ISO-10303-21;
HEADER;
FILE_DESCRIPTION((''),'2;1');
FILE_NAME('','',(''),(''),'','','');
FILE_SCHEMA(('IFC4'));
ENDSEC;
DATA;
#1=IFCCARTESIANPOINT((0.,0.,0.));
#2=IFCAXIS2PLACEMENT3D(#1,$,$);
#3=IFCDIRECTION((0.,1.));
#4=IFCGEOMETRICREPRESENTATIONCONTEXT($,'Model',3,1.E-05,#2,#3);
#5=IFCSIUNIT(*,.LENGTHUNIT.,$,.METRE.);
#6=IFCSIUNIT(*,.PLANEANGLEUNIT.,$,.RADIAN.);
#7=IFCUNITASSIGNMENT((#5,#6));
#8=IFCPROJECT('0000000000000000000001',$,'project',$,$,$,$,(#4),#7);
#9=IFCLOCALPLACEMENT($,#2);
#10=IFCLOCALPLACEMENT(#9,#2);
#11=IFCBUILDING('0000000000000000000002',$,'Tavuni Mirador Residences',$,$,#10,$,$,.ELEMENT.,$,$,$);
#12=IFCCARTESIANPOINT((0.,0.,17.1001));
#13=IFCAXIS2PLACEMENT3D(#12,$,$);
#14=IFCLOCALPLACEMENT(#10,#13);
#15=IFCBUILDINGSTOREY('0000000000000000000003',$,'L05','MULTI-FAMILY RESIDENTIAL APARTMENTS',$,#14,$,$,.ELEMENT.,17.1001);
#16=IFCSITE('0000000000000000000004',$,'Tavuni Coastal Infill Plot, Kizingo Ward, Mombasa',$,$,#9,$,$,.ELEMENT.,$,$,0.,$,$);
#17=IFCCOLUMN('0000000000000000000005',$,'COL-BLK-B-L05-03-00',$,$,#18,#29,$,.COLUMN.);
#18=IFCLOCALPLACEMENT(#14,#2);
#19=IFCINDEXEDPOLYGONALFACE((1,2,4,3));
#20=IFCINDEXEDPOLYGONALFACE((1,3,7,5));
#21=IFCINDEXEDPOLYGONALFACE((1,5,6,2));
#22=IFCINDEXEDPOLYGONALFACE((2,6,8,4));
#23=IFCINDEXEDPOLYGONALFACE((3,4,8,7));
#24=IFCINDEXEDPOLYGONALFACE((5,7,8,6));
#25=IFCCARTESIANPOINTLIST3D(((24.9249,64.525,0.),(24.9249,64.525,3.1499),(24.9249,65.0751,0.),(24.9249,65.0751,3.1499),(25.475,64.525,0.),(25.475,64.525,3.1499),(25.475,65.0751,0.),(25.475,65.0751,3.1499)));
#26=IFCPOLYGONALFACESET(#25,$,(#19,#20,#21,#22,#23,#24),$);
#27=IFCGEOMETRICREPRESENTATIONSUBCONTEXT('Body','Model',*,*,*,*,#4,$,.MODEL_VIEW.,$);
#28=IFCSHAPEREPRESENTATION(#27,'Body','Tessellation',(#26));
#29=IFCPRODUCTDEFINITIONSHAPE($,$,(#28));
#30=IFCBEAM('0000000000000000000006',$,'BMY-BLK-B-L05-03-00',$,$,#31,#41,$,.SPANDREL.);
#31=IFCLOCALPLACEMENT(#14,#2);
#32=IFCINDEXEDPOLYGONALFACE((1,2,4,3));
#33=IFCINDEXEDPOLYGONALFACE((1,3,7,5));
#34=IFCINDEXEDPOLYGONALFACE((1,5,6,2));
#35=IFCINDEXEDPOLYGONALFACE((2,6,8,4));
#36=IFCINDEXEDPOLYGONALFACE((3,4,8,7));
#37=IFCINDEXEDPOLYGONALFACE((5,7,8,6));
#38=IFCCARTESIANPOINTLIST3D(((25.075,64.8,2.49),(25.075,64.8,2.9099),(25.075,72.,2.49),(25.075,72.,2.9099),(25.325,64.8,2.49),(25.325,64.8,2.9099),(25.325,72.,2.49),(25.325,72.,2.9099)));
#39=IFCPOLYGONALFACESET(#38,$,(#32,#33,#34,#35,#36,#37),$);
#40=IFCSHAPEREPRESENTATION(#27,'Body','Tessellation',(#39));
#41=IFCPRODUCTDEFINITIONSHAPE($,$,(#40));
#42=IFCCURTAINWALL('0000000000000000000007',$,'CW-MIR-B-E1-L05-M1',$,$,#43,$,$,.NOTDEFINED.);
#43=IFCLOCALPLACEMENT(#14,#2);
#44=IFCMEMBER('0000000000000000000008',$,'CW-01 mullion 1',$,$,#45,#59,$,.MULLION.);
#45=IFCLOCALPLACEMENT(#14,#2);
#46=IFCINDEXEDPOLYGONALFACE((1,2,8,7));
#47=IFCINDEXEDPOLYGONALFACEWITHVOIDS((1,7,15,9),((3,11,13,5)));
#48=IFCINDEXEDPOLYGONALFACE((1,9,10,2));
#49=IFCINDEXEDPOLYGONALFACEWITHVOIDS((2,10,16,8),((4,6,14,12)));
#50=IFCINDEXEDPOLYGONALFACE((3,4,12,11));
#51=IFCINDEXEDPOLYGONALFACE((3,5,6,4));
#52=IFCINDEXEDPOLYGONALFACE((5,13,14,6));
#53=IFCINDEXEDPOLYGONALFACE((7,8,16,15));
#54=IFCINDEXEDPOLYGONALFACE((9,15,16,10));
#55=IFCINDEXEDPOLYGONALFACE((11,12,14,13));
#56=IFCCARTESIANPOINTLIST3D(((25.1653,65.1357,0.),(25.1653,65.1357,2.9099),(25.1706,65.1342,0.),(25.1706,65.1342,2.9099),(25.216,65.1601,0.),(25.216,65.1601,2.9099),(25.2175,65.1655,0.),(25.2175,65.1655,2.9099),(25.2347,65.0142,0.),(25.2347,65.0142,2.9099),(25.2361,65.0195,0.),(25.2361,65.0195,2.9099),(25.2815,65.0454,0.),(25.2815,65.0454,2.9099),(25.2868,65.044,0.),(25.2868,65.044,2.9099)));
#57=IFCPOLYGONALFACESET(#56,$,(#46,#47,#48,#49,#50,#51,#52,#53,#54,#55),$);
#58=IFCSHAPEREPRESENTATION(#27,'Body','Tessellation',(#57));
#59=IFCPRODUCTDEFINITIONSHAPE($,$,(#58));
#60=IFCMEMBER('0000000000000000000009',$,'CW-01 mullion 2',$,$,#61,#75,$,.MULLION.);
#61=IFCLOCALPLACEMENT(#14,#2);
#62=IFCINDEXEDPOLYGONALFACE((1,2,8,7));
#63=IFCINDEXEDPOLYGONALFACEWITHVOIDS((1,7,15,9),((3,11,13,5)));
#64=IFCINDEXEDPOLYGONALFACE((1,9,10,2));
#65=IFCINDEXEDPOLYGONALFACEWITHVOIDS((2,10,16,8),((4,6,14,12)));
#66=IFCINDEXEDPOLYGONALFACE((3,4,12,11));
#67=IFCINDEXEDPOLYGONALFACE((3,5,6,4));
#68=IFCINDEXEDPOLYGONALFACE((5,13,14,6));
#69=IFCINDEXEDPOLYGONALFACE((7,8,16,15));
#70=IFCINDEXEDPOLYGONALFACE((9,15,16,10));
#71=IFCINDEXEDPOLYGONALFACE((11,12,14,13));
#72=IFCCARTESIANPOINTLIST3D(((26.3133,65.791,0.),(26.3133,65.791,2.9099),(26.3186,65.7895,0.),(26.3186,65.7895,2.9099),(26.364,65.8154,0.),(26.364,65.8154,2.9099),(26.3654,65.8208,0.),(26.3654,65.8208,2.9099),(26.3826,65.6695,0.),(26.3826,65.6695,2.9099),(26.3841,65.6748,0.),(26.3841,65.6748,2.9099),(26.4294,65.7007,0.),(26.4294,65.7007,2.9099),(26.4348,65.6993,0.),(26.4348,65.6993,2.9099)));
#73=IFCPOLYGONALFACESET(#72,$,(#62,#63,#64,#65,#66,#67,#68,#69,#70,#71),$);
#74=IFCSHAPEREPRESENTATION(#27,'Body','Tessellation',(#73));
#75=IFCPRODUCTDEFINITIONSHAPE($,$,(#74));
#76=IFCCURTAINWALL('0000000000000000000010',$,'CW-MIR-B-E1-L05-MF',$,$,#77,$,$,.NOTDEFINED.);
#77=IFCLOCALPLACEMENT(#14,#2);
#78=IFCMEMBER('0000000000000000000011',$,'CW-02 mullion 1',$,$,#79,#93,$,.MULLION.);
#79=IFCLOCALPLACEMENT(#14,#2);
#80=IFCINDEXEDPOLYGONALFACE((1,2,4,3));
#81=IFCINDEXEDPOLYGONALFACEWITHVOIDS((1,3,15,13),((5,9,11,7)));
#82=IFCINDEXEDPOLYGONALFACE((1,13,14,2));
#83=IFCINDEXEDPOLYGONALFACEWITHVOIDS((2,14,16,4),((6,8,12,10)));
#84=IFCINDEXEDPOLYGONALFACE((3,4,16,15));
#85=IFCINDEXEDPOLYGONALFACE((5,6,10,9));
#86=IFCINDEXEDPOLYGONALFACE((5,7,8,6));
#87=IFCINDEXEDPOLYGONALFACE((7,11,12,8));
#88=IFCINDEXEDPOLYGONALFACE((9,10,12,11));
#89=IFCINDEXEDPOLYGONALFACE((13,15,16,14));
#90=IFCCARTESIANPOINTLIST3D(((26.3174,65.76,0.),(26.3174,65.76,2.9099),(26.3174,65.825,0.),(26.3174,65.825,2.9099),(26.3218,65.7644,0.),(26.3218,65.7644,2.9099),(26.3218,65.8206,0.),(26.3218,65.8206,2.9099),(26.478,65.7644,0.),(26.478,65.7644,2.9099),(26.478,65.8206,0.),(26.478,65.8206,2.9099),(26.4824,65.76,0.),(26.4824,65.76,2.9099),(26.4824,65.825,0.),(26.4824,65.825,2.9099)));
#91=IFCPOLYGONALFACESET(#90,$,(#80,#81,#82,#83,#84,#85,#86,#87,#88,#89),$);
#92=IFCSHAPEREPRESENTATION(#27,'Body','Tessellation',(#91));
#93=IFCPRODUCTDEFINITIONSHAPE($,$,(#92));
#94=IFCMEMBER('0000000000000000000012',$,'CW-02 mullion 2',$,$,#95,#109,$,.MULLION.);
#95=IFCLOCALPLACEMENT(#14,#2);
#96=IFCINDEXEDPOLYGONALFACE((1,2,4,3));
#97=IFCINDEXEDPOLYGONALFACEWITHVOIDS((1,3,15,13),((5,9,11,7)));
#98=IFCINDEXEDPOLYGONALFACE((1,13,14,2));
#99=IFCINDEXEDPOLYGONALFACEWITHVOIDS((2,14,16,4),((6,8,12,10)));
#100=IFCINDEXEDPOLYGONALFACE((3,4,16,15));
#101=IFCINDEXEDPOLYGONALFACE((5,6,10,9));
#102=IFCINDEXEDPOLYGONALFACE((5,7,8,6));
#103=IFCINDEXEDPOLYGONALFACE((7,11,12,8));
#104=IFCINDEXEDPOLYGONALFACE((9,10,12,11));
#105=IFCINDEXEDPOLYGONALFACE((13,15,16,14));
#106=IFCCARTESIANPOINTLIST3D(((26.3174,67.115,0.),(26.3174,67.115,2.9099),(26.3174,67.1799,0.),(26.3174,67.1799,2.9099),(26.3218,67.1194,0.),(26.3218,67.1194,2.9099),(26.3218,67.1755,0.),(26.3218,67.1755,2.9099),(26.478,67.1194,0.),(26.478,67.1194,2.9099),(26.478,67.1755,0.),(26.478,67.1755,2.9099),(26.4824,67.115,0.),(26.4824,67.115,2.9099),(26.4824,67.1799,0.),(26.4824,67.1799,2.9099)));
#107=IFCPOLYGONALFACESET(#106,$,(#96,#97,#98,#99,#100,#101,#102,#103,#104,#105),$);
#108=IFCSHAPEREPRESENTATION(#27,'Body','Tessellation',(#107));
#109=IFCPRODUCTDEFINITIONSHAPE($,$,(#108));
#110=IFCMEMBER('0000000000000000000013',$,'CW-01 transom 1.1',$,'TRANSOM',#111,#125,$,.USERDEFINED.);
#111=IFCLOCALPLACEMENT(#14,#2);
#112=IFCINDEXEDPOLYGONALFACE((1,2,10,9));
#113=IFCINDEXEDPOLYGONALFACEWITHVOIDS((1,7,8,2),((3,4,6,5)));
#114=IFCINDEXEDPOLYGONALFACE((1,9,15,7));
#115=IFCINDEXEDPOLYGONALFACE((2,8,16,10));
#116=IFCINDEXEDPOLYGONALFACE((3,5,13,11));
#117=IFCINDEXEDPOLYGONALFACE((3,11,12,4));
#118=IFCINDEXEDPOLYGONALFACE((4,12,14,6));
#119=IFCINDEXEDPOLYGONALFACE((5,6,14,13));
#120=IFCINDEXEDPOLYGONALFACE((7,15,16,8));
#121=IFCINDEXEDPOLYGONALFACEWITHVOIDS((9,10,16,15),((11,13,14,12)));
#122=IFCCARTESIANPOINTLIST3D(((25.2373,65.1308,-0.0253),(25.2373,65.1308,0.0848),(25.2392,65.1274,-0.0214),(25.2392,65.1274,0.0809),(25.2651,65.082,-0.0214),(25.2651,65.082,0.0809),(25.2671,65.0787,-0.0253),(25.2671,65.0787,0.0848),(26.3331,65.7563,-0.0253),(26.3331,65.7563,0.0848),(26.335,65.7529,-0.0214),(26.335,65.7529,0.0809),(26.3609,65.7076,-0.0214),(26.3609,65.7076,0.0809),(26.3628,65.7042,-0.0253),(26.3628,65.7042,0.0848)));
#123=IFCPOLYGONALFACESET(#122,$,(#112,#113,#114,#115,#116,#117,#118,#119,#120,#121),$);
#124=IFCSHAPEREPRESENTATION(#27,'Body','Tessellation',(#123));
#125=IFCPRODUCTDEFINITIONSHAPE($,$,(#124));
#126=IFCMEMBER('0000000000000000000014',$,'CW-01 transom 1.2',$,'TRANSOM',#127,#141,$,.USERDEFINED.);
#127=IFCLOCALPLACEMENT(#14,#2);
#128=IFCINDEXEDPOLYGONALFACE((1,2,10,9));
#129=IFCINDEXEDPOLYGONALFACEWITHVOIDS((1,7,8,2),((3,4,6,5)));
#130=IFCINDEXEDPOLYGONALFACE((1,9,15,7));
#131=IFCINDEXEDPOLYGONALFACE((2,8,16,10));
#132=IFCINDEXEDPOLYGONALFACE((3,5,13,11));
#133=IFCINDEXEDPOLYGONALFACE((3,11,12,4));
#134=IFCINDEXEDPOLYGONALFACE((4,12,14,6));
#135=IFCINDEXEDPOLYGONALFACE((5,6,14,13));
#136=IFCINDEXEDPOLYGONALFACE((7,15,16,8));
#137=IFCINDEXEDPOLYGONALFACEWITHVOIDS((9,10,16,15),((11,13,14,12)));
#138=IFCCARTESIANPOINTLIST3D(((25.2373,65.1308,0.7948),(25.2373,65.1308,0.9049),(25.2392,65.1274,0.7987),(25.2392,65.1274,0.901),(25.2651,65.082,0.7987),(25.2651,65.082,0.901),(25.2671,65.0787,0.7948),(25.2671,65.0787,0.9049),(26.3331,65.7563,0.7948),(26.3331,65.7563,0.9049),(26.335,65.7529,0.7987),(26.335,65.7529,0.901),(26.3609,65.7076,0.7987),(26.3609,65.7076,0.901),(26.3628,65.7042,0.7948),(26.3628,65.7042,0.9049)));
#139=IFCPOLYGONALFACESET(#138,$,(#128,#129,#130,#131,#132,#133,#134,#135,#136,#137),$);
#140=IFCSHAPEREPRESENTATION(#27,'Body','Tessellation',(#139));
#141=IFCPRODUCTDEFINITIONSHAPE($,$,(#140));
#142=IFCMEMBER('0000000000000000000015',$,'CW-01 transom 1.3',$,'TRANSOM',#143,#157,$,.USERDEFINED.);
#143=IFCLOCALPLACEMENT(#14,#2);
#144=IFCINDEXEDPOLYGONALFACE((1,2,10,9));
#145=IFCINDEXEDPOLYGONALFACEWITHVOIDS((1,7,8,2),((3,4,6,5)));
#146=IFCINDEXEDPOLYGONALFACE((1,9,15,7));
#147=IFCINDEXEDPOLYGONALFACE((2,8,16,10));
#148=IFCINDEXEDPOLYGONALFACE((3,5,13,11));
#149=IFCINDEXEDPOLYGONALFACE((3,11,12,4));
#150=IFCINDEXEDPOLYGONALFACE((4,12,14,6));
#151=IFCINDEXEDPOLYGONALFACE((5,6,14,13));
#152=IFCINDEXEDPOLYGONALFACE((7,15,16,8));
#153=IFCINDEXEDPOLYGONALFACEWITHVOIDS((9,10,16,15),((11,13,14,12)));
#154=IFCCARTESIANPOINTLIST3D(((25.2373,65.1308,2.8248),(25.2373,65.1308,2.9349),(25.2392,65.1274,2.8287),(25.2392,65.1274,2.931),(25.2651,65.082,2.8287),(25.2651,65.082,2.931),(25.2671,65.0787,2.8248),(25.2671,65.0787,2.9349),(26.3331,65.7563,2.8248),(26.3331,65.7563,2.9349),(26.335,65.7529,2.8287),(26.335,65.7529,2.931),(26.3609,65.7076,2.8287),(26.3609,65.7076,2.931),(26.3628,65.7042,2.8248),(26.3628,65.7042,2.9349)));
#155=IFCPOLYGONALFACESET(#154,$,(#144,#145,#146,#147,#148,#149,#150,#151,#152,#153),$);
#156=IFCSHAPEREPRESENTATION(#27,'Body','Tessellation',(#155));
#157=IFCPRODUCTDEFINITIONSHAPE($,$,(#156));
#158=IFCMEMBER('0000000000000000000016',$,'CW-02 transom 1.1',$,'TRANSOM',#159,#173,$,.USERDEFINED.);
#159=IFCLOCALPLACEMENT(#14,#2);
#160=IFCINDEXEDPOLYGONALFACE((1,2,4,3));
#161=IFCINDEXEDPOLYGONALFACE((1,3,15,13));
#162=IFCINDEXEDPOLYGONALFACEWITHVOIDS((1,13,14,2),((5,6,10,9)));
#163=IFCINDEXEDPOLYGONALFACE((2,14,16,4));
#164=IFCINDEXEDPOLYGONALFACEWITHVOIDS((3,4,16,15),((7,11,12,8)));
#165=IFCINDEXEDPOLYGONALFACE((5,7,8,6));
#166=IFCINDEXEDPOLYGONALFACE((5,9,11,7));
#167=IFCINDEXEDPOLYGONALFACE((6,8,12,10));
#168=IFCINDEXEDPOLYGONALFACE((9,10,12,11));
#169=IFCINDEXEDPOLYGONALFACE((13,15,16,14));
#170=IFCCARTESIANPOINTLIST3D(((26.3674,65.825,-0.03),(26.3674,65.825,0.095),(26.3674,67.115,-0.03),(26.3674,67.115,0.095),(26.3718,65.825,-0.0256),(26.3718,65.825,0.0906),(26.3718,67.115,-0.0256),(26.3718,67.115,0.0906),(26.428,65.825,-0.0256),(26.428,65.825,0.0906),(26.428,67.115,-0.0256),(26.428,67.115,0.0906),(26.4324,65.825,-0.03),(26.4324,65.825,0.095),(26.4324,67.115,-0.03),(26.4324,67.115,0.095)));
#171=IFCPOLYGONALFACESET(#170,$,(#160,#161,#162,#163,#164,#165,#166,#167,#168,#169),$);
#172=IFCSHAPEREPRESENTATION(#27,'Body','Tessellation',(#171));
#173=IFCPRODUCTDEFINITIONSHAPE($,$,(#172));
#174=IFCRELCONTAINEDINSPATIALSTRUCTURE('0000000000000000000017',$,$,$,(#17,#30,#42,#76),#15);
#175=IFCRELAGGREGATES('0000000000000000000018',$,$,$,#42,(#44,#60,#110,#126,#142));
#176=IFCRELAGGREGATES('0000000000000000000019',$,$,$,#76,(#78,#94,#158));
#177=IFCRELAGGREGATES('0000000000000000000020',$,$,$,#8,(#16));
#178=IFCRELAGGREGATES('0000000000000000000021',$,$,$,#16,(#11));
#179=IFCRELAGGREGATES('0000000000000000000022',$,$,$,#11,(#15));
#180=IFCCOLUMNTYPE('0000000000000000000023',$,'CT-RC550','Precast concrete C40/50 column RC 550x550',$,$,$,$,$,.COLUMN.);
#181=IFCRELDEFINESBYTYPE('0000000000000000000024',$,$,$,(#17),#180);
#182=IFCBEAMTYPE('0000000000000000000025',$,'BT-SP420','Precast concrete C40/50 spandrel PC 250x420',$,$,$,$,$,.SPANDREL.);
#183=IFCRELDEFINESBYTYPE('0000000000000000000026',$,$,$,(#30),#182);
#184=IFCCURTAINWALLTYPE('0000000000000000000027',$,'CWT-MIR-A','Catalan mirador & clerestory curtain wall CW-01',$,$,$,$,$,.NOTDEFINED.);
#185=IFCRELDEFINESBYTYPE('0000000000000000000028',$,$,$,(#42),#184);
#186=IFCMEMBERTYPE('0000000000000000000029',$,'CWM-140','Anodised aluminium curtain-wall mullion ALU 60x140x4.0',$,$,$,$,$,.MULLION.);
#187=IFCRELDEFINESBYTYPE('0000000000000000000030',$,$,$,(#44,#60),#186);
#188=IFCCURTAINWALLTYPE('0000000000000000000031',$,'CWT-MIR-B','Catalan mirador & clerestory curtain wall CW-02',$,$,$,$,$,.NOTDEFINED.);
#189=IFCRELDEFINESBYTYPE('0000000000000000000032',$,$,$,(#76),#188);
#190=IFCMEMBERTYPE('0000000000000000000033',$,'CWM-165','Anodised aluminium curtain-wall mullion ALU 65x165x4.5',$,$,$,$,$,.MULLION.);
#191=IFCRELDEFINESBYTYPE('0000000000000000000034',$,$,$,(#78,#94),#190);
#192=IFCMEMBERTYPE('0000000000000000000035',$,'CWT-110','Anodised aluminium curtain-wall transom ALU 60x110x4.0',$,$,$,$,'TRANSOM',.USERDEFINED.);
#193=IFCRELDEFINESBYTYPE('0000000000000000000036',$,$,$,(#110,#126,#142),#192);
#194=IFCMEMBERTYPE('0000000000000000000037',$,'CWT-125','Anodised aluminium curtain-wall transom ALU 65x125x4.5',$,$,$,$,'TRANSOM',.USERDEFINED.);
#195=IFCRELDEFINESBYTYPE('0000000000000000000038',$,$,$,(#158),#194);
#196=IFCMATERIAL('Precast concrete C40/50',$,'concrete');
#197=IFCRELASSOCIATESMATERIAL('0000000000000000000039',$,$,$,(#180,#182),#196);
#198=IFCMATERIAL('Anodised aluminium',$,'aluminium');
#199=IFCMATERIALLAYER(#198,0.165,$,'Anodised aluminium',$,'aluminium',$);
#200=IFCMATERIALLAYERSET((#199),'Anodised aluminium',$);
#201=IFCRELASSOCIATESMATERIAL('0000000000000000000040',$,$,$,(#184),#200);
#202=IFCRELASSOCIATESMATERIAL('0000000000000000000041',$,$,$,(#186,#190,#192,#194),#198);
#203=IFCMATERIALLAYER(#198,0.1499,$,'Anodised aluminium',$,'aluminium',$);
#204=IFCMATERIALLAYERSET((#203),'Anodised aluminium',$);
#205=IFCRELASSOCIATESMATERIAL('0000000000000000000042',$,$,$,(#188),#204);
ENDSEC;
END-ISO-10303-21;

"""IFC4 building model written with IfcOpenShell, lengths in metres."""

from ifc_helpers import new_model, si_unit, direction, frame, origin, origin_2d, place, context, subcontext, project, spatial, rectangle, hollow_rectangle, extrude, material, layer, layer_set, material_profile, profile_set, type_object, element, aggregate, save


model = new_model("IFC4")

# Units and contexts
model_context = context("Model", 3, precision=1e-05, world=origin(), true_north=direction((0.0, 1.0)))
body_context = subcontext(model_context, "Body", "Model", "MODEL_VIEW")
ifc_project = project(units=[si_unit("LENGTHUNIT", "METRE"), si_unit("PLANEANGLEUNIT", "RADIAN")], contexts=[model_context])

# Site, building, storey
site_placement = place(None, origin())
site = spatial("IfcSite", under=ifc_project, at=site_placement, Name="Tavuni Coastal Infill Plot, Kizingo Ward, Mombasa", CompositionType="ELEMENT", RefElevation=0.0)
building_placement = place(site_placement, origin())
building = spatial("IfcBuilding", under=site, at=building_placement, Name="Tavuni Mirador Residences", CompositionType="ELEMENT")
storey_placement = place(building_placement, frame((0.0, 0.0, 17.1001)))
storey = spatial("IfcBuildingStorey", under=building, at=storey_placement, Name="L05", Description="MULTI-FAMILY RESIDENTIAL APARTMENTS", CompositionType="ELEMENT", Elevation=17.1001)

# Column
ifc_material_1 = material(Name="Precast concrete C40/50", Category="concrete")
ifc_material_profile_1 = material_profile(ifc_material_1, rectangle(XDim=0.55, YDim=0.55, at=origin_2d()), Name="RC 550x550", Category="concrete")
ifc_profile_set_1 = profile_set([ifc_material_profile_1], Name="Precast concrete C40/50")
column_type = type_object("IfcColumnType", Name="CT-RC550", Description="Precast concrete C40/50 column RC 550x550", PredefinedType="COLUMN", material=ifc_profile_set_1)
column_placement = place(storey_placement, frame((25.2, 64.8, 0.0), z_axis=(0.0, 0.0, 1.0), x_axis=(1.0, 0.0, 0.0)))
element("IfcColumn", 1, at=column_placement, inside=storey, type_object=column_type, Name="COL-BLK-B-L05-03-00", PredefinedType="COLUMN", context=body_context, shape_type="SweptSolid", body=[
    extrude(rectangle(XDim=0.55, YDim=0.55, at=origin_2d()), origin(), (0.0, 0.0, 1.0), 3.1499),
])

# Beam
ifc_material_profile_2 = material_profile(ifc_material_1, rectangle(XDim=0.25, YDim=0.4199, at=origin_2d()), Name="PC 250x420", Category="concrete")
ifc_profile_set_2 = profile_set([ifc_material_profile_2], Name="Precast concrete C40/50")
beam_type = type_object("IfcBeamType", Name="BT-SP420", Description="Precast concrete C40/50 spandrel PC 250x420", PredefinedType="SPANDREL", material=ifc_profile_set_2)
beam_placement = place(storey_placement, frame((25.2, 64.8, 2.7), z_axis=(0.0, 1.0, 0.0), x_axis=(-1.0, 0.0, 0.0)))
element("IfcBeam", 2, at=beam_placement, inside=storey, type_object=beam_type, Name="BMY-BLK-B-L05-03-00", PredefinedType="SPANDREL", context=body_context, shape_type="SweptSolid", body=[
    extrude(rectangle(XDim=0.25, YDim=0.4199, at=origin_2d()), origin(), (0.0, 0.0, 1.0), 7.2),
])

# Curtain walls, members
ifc_material_2 = material(Name="Anodised aluminium", Category="aluminium")
ifc_layer_1 = layer(ifc_material_2, 0.165, Name="Anodised aluminium", Category="aluminium")
ifc_layer_set_1 = layer_set([ifc_layer_1], Name="Anodised aluminium")
curtain_wall_type_1 = type_object("IfcCurtainWallType", Name="CWT-MIR-A", Description="Catalan mirador & clerestory curtain wall CW-01", PredefinedType="NOTDEFINED", material=ifc_layer_set_1)
curtain_wall_1_placement = place(storey_placement, origin())
curtain_wall_1 = element("IfcCurtainWall", 3, at=curtain_wall_1_placement, inside=storey, type_object=curtain_wall_type_1, Name="CW-MIR-B-E1-L05-M1", PredefinedType="NOTDEFINED")
ifc_material_profile_3 = material_profile(ifc_material_2, hollow_rectangle(XDim=0.0601, YDim=0.1399, WallThickness=0.0039, at=origin_2d()), Name="ALU 60x140x4.0", Category="aluminium")
ifc_profile_set_3 = profile_set([ifc_material_profile_3], Name="Anodised aluminium")
member_type_1 = type_object("IfcMemberType", Name="CWM-140", Description="Anodised aluminium curtain-wall mullion ALU 60x140x4.0", PredefinedType="MULLION", material=ifc_profile_set_3)
member_1_placement = place(storey_placement, frame((25.2261, 65.0898, 0.0), z_axis=(0.0, 0.0, 1.0), x_axis=(0.868466, 0.495749, 0.0)))
member_1 = element("IfcMember", 4, at=member_1_placement, type_object=member_type_1, Name="CW-01 mullion 1", PredefinedType="MULLION", context=body_context, shape_type="SweptSolid", body=[
    extrude(hollow_rectangle(XDim=0.0601, YDim=0.1399, WallThickness=0.0039, at=origin_2d()), origin(), (0.0, 0.0, 1.0), 2.9099),
])
member_2_placement = place(storey_placement, frame((26.374, 65.7451, 0.0), z_axis=(0.0, 0.0, 1.0), x_axis=(0.868466, 0.495749, 0.0)))
member_2 = element("IfcMember", 5, at=member_2_placement, type_object=member_type_1, Name="CW-01 mullion 2", PredefinedType="MULLION", context=body_context, shape_type="SweptSolid", body=[
    extrude(hollow_rectangle(XDim=0.0601, YDim=0.1399, WallThickness=0.0039, at=origin_2d()), origin(), (0.0, 0.0, 1.0), 2.9099),
])
ifc_layer_2 = layer(ifc_material_2, 0.1499, Name="Anodised aluminium", Category="aluminium")
ifc_layer_set_2 = layer_set([ifc_layer_2], Name="Anodised aluminium")
curtain_wall_type_2 = type_object("IfcCurtainWallType", Name="CWT-MIR-B", Description="Catalan mirador & clerestory curtain wall CW-02", PredefinedType="NOTDEFINED", material=ifc_layer_set_2)
curtain_wall_2_placement = place(storey_placement, origin())
curtain_wall_2 = element("IfcCurtainWall", 6, at=curtain_wall_2_placement, inside=storey, type_object=curtain_wall_type_2, Name="CW-MIR-B-E1-L05-MF", PredefinedType="NOTDEFINED")
ifc_material_profile_4 = material_profile(ifc_material_2, hollow_rectangle(XDim=0.0649, YDim=0.165, WallThickness=0.0044, at=origin_2d()), Name="ALU 65x165x4.5", Category="aluminium")
ifc_profile_set_4 = profile_set([ifc_material_profile_4], Name="Anodised aluminium")
member_type_2 = type_object("IfcMemberType", Name="CWM-165", Description="Anodised aluminium curtain-wall mullion ALU 65x165x4.5", PredefinedType="MULLION", material=ifc_profile_set_4)
member_3_placement = place(storey_placement, frame((26.3999, 65.7925, 0.0), z_axis=(0.0, 0.0, 1.0), x_axis=(0.0, 1.0, 0.0)))
member_3 = element("IfcMember", 7, at=member_3_placement, type_object=member_type_2, Name="CW-02 mullion 1", PredefinedType="MULLION", context=body_context, shape_type="SweptSolid", body=[
    extrude(hollow_rectangle(XDim=0.0649, YDim=0.165, WallThickness=0.0044, at=origin_2d()), origin(), (0.0, 0.0, 1.0), 2.9099),
])
member_4_placement = place(storey_placement, frame((26.3999, 67.1475, 0.0), z_axis=(0.0, 0.0, 1.0), x_axis=(0.0, 1.0, 0.0)))
member_4 = element("IfcMember", 8, at=member_4_placement, type_object=member_type_2, Name="CW-02 mullion 2", PredefinedType="MULLION", context=body_context, shape_type="SweptSolid", body=[
    extrude(hollow_rectangle(XDim=0.0649, YDim=0.165, WallThickness=0.0044, at=origin_2d()), origin(), (0.0, 0.0, 1.0), 2.9099),
])

# Members
ifc_material_profile_5 = material_profile(ifc_material_2, hollow_rectangle(XDim=0.0601, YDim=0.1101, WallThickness=0.0039, at=origin_2d()), Name="ALU 60x110x4.0", Category="aluminium")
ifc_profile_set_5 = profile_set([ifc_material_profile_5], Name="Anodised aluminium")
member_type_3 = type_object("IfcMemberType", Name="CWT-110", Description="Anodised aluminium curtain-wall transom ALU 60x110x4.0", ElementType="TRANSOM", PredefinedType="USERDEFINED", material=ifc_profile_set_5)
member_5_placement = place(storey_placement, frame((25.2522, 65.1047, 0.0298), z_axis=(0.868457, 0.495764, 0.0), x_axis=(-0.495764, 0.868457, 0.0)))
member_5 = element("IfcMember", 9, at=member_5_placement, type_object=member_type_3, Name="CW-01 transom 1.1", ObjectType="TRANSOM", PredefinedType="USERDEFINED", context=body_context, shape_type="SweptSolid", body=[
    extrude(hollow_rectangle(XDim=0.0601, YDim=0.1101, WallThickness=0.0039, at=origin_2d()), origin(), (0.0, 0.0, 1.0), 1.2617),
])
member_6_placement = place(storey_placement, frame((25.2522, 65.1047, 0.8499), z_axis=(0.868457, 0.495764, 0.0), x_axis=(-0.495764, 0.868457, 0.0)))
member_6 = element("IfcMember", 10, at=member_6_placement, type_object=member_type_3, Name="CW-01 transom 1.2", ObjectType="TRANSOM", PredefinedType="USERDEFINED", context=body_context, shape_type="SweptSolid", body=[
    extrude(hollow_rectangle(XDim=0.0601, YDim=0.1101, WallThickness=0.0039, at=origin_2d()), origin(), (0.0, 0.0, 1.0), 1.2617),
])
member_7_placement = place(storey_placement, frame((25.2522, 65.1047, 2.8799), z_axis=(0.868457, 0.495764, 0.0), x_axis=(-0.495764, 0.868457, 0.0)))
member_7 = element("IfcMember", 11, at=member_7_placement, type_object=member_type_3, Name="CW-01 transom 1.3", ObjectType="TRANSOM", PredefinedType="USERDEFINED", context=body_context, shape_type="SweptSolid", body=[
    extrude(hollow_rectangle(XDim=0.0601, YDim=0.1101, WallThickness=0.0039, at=origin_2d()), origin(), (0.0, 0.0, 1.0), 1.2617),
])
ifc_material_profile_6 = material_profile(ifc_material_2, hollow_rectangle(XDim=0.0649, YDim=0.125, WallThickness=0.0044, at=origin_2d()), Name="ALU 65x125x4.5", Category="aluminium")
ifc_profile_set_6 = profile_set([ifc_material_profile_6], Name="Anodised aluminium")
member_type_4 = type_object("IfcMemberType", Name="CWT-125", Description="Anodised aluminium curtain-wall transom ALU 65x125x4.5", ElementType="TRANSOM", PredefinedType="USERDEFINED", material=ifc_profile_set_6)
member_8_placement = place(storey_placement, frame((26.3999, 65.825, 0.0325), z_axis=(0.0, 1.0, 0.0), x_axis=(-1.0, 0.0, 0.0)))
member_8 = element("IfcMember", 12, at=member_8_placement, type_object=member_type_4, Name="CW-02 transom 1.1", ObjectType="TRANSOM", PredefinedType="USERDEFINED", context=body_context, shape_type="SweptSolid", body=[
    extrude(hollow_rectangle(XDim=0.0649, YDim=0.125, WallThickness=0.0044, at=origin_2d()), origin(), (0.0, 0.0, 1.0), 1.29),
])

aggregate(curtain_wall_1, [member_1, member_2, member_5, member_6, member_7])
aggregate(curtain_wall_2, [member_3, member_4, member_8])

save(model, "model.ifc")
